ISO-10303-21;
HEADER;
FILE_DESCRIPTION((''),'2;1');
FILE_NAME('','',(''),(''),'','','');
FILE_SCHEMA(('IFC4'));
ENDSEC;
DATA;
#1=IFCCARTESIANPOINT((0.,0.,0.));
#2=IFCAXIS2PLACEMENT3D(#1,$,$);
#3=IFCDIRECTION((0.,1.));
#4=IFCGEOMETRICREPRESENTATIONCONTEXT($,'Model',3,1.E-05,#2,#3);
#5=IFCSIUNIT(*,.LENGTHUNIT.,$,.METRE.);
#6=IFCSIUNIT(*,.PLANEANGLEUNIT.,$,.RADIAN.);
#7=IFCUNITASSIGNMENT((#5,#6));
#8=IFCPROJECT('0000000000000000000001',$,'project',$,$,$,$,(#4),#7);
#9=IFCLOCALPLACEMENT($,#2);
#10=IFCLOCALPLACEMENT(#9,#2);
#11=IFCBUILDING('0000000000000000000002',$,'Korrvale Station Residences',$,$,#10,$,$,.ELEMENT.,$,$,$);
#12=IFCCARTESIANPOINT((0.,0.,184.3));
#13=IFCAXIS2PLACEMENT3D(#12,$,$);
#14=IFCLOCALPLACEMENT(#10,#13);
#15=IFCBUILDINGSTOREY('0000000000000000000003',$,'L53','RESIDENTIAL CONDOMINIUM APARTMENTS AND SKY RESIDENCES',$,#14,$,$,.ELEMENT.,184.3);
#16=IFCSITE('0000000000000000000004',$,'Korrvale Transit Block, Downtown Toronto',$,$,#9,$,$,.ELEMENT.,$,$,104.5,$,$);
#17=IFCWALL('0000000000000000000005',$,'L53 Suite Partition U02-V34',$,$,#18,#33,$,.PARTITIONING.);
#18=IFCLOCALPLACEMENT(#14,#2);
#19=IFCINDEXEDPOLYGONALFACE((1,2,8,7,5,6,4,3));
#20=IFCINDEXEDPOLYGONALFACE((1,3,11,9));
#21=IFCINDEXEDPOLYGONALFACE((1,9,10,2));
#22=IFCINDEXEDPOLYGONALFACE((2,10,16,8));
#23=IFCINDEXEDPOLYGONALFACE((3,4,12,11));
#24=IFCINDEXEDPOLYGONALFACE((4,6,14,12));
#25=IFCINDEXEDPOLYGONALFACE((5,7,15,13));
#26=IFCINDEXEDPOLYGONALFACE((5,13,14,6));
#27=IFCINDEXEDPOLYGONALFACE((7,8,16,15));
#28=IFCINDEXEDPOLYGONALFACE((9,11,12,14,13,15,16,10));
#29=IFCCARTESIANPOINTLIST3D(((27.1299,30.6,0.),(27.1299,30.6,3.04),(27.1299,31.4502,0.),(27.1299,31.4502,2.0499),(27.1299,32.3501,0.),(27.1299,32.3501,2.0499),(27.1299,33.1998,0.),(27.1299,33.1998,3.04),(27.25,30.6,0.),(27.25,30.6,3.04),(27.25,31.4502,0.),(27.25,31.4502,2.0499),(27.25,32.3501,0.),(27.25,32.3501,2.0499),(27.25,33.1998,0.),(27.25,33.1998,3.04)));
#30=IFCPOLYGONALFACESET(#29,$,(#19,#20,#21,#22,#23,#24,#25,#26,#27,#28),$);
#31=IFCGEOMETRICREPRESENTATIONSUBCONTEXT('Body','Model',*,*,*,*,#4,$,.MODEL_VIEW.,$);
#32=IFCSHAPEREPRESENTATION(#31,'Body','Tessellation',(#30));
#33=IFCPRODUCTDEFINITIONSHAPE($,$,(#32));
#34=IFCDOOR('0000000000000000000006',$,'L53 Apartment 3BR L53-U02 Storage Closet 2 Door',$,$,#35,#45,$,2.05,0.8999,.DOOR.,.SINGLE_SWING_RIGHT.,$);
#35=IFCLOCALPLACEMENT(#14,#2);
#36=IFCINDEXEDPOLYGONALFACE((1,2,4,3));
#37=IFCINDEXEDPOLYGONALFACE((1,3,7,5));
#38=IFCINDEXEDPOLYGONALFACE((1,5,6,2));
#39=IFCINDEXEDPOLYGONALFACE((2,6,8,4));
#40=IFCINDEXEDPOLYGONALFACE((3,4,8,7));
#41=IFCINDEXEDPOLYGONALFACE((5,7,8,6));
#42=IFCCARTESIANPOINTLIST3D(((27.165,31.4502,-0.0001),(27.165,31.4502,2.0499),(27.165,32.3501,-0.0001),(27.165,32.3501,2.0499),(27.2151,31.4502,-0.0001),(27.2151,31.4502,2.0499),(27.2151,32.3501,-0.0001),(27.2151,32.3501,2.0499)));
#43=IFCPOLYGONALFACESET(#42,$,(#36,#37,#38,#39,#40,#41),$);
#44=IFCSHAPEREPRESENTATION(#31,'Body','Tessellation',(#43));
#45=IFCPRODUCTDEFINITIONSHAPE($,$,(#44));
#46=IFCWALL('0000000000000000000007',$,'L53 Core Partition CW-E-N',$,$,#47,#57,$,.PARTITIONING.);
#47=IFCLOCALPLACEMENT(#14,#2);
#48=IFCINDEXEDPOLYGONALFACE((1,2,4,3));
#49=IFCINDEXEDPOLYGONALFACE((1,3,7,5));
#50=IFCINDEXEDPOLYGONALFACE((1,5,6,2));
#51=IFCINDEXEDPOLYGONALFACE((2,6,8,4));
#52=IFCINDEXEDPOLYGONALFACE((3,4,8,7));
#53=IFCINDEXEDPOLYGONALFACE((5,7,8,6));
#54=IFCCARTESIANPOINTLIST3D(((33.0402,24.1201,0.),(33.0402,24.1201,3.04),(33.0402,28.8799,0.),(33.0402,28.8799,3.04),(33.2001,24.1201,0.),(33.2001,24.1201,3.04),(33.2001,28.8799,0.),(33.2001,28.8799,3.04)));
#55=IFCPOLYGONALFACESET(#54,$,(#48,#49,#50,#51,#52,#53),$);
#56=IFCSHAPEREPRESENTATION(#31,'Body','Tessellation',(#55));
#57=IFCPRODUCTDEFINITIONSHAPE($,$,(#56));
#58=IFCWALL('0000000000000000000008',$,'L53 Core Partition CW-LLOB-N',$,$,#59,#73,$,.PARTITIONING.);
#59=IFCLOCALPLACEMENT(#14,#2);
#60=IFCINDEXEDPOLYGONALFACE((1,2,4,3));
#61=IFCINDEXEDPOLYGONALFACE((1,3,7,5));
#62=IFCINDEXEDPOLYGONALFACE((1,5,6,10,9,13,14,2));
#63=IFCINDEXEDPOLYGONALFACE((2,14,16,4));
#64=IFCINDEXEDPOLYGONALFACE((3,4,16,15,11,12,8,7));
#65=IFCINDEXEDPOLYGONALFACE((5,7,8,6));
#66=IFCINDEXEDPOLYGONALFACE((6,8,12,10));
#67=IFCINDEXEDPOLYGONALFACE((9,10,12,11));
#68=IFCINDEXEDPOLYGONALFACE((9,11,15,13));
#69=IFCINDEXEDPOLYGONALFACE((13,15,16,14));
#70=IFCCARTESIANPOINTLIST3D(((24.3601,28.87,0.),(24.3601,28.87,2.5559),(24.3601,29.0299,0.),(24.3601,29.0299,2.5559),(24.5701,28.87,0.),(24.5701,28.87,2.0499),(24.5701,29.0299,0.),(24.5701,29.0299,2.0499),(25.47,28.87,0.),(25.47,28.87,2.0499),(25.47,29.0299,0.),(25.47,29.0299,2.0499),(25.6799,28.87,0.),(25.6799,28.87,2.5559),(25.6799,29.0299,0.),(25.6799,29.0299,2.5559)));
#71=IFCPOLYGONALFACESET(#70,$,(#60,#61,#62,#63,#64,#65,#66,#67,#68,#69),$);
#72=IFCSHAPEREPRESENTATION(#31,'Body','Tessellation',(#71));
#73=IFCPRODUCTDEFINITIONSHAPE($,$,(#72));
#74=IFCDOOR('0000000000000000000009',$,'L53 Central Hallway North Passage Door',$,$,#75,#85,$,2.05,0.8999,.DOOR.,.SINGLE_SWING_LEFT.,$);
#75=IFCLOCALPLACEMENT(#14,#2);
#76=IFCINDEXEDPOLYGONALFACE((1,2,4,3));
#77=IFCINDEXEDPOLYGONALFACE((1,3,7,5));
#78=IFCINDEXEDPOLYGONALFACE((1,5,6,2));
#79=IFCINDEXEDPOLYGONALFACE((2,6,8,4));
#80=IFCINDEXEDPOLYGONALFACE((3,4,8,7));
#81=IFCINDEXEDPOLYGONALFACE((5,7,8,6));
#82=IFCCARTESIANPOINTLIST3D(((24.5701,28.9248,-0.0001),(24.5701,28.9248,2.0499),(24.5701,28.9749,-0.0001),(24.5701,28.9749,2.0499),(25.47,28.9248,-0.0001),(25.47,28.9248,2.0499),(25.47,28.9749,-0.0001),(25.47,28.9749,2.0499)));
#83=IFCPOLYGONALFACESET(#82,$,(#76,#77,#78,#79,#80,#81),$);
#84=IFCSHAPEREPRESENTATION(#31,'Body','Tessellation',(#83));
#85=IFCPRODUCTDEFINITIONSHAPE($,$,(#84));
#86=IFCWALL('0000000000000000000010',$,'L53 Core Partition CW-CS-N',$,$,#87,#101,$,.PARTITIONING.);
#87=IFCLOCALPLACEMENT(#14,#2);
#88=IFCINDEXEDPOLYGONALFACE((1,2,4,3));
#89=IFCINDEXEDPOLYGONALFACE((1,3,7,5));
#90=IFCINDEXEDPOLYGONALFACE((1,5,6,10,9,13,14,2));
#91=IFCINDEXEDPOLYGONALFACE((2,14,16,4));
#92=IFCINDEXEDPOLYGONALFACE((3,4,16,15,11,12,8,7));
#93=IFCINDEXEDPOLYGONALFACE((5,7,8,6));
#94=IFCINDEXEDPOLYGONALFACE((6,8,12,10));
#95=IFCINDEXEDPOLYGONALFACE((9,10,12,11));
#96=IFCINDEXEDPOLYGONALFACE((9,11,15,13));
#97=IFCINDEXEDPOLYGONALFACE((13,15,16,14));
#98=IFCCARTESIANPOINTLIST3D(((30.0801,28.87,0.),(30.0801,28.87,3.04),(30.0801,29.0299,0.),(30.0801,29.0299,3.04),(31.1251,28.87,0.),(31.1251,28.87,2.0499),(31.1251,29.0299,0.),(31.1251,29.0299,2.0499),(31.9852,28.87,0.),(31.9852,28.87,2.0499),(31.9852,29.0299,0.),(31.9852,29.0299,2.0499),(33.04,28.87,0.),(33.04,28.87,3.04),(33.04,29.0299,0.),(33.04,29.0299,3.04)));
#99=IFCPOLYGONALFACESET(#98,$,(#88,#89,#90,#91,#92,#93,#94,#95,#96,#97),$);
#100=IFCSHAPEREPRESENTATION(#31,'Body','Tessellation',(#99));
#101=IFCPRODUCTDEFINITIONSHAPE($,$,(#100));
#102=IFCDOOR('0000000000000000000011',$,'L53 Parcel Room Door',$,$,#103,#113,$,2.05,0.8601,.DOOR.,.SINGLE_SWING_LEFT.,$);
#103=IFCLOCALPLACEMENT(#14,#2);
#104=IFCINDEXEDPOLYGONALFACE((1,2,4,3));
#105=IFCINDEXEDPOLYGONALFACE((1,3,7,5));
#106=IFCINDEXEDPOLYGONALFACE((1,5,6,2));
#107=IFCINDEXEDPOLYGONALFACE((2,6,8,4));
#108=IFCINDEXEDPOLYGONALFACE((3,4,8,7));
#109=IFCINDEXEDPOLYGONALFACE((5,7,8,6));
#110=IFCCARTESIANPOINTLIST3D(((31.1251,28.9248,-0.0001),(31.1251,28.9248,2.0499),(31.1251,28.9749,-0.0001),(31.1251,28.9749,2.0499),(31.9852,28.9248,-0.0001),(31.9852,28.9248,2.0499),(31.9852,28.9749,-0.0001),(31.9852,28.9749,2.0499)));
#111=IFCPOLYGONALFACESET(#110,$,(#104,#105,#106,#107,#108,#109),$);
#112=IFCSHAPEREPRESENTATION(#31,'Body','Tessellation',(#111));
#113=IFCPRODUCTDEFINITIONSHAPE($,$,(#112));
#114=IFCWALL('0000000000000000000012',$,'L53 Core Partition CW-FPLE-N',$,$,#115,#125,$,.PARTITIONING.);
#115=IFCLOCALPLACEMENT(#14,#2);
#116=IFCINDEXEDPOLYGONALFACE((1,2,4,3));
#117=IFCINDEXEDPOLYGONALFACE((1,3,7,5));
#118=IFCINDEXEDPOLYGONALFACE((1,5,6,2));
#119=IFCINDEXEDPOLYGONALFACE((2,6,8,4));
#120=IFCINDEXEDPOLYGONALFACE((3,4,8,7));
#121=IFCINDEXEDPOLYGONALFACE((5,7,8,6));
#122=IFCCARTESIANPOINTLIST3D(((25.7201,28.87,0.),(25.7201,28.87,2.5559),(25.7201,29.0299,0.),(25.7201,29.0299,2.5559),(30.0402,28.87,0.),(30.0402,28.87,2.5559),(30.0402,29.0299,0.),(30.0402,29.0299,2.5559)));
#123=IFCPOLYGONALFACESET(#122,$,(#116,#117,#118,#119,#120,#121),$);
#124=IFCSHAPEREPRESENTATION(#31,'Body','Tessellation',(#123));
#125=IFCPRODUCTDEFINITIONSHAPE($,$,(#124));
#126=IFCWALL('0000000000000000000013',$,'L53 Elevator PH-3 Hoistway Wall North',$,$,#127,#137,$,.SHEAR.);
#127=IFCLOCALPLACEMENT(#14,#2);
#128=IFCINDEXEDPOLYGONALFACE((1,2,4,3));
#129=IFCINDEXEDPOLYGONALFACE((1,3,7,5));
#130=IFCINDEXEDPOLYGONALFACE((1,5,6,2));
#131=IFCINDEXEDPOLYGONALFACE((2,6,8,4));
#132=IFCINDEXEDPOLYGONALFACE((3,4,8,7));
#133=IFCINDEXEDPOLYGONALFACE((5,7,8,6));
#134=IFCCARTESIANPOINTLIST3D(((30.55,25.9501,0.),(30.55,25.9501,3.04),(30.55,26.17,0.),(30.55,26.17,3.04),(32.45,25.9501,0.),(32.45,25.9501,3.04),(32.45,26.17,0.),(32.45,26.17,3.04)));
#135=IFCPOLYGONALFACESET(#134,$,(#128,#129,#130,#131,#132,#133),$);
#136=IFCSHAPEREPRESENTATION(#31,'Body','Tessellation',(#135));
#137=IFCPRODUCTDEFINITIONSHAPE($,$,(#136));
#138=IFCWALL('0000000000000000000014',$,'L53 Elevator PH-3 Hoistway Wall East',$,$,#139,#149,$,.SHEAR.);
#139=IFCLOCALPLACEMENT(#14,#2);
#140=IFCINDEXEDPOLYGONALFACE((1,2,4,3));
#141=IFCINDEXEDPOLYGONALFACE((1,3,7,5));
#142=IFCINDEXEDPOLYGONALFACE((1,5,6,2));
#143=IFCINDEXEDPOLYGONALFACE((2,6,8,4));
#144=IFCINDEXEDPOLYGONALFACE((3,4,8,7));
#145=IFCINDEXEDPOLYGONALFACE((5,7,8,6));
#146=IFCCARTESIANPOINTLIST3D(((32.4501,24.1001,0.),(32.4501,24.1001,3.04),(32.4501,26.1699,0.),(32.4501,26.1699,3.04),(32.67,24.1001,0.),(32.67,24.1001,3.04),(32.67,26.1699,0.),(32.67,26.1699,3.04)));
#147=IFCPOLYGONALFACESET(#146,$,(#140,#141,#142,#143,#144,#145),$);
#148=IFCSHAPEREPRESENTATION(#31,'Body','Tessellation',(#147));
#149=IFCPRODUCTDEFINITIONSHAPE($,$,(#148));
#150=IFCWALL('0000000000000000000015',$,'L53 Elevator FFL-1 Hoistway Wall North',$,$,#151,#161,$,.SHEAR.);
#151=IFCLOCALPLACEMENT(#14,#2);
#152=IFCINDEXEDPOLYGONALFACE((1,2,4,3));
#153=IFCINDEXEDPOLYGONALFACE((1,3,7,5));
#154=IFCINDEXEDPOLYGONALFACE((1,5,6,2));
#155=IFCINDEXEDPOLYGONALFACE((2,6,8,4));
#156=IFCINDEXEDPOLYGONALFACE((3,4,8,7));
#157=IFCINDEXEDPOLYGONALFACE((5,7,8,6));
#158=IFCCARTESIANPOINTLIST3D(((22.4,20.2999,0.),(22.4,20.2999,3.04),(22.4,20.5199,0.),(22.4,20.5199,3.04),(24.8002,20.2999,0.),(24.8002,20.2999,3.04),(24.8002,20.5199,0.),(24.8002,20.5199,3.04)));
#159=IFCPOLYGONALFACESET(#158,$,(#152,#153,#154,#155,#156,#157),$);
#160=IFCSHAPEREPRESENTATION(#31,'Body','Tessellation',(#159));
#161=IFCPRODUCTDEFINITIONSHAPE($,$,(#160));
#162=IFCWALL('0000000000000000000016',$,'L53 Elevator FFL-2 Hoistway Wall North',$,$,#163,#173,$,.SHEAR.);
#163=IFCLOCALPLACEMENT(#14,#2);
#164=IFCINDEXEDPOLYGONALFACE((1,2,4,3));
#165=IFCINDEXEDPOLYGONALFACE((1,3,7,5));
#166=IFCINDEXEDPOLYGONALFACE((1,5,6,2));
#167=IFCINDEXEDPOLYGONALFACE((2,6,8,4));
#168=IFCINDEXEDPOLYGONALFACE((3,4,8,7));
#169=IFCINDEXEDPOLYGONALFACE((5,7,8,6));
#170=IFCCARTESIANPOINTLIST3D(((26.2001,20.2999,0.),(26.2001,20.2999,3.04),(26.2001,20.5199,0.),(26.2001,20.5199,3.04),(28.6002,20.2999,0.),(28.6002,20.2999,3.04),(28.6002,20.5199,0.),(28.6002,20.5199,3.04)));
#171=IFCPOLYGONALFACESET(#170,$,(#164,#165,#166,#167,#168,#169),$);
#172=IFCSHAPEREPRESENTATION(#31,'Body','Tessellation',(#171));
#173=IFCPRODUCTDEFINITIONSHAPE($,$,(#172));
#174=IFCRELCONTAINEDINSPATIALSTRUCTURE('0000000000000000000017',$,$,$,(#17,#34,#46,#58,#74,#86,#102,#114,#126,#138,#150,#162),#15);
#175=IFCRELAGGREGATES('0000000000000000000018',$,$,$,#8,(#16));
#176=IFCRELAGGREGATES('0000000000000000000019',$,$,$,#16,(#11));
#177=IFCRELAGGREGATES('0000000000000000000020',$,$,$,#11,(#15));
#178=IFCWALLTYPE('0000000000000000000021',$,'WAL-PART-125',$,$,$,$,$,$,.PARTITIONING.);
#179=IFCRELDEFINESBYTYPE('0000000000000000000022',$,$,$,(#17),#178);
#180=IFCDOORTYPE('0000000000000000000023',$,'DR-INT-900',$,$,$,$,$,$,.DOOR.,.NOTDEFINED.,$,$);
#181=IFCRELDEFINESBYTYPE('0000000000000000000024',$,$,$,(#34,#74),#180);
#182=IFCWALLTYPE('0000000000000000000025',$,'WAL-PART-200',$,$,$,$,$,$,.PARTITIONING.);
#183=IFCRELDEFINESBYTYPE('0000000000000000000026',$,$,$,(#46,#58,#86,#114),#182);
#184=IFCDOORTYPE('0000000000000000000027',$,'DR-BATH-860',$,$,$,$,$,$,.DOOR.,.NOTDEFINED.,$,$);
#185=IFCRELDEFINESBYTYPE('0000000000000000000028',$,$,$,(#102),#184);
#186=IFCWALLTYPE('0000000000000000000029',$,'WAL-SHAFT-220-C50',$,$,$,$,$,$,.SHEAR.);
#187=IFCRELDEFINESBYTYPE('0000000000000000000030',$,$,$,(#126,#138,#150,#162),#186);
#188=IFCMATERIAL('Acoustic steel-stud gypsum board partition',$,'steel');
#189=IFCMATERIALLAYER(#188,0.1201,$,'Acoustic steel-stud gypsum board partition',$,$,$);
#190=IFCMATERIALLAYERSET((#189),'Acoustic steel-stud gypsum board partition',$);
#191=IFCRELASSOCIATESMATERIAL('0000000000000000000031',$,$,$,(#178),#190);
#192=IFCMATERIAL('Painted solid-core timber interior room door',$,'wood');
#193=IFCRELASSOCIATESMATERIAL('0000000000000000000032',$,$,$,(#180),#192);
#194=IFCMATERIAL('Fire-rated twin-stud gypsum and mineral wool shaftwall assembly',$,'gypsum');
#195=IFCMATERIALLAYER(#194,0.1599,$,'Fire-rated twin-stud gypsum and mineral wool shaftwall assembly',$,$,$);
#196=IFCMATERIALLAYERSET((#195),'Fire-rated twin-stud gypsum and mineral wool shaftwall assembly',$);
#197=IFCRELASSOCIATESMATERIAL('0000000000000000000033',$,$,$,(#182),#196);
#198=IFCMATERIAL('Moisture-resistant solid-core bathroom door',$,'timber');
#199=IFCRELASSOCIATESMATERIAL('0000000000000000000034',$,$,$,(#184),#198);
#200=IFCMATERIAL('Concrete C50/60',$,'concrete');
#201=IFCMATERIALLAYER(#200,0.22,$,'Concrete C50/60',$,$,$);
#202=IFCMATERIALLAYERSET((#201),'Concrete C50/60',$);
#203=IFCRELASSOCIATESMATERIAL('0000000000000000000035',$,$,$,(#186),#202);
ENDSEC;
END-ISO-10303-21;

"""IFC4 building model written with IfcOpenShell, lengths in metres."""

from ifc_helpers import new_model, si_unit, direction, frame, frame_2d, origin, place, context, subcontext, project, spatial, rectangle, extrude, material, layer, layer_set, type_object, element, fill, save


model = new_model("IFC4")

# Units and contexts
model_context = context("Model", 3, precision=1e-05, world=origin(), true_north=direction((0.0, 1.0)))
body_context = subcontext(model_context, "Body", "Model", "MODEL_VIEW")
ifc_project = project(units=[si_unit("LENGTHUNIT", "METRE"), si_unit("PLANEANGLEUNIT", "RADIAN")], contexts=[model_context])

# Site, building, storey
site_placement = place(None, origin())
site = spatial("IfcSite", under=ifc_project, at=site_placement, Name="Korrvale Transit Block, Downtown Toronto", CompositionType="ELEMENT", RefElevation=104.5)
building_placement = place(site_placement, origin())
building = spatial("IfcBuilding", under=site, at=building_placement, Name="Korrvale Station Residences", CompositionType="ELEMENT")
storey_placement = place(building_placement, frame((0.0, 0.0, 184.3)))
storey = spatial("IfcBuildingStorey", under=building, at=storey_placement, Name="L53", Description="RESIDENTIAL CONDOMINIUM APARTMENTS AND SKY RESIDENCES", CompositionType="ELEMENT", Elevation=184.3)

# Shared definitions
ifc_material_1 = material(Name="Concrete C50/60", Category="concrete")

# Shared definitions
ifc_material_2 = material(Name="Acoustic steel-stud gypsum board partition", Category="steel")
ifc_layer_1 = layer(ifc_material_2, 0.1201, Name="Acoustic steel-stud gypsum board partition")
ifc_layer_set_1 = layer_set([ifc_layer_1], Name="Acoustic steel-stud gypsum board partition")
wall_type_1 = type_object("IfcWallType", Name="WAL-PART-125", PredefinedType="PARTITIONING", material=ifc_layer_set_1)

# Shared definitions
ifc_material_3 = material(Name="Painted solid-core timber interior room door", Category="wood")
door_type_1 = type_object("IfcDoorType", Name="DR-INT-900", OperationType="NOTDEFINED", PredefinedType="DOOR", material=ifc_material_3)

# Wall, opening, door
wall_1_placement = place(storey_placement, frame((27.1899, 30.6001, 0.0), z_axis=(0.0, 0.0, 1.0), x_axis=(0.0, 1.0, 0.0)))
wall_1 = element("IfcWall", 1, at=wall_1_placement, inside=storey, type_object=wall_type_1, Name="L53 Suite Partition U02-V34", PredefinedType="PARTITIONING", context=body_context, shape_type="SweptSolid", body=[
    extrude(rectangle(XDim=2.5999, YDim=0.1201, at=frame_2d((1.2998, 0.0))), origin(), (0.0, 0.0, 1.0), 3.04),
])
opening_1_placement = place(wall_1_placement, frame((0.8501, 0.0, 0.0)))
opening_1 = element("IfcOpeningElement", 2, at=opening_1_placement, cuts=wall_1, PredefinedType="OPENING", context=body_context, shape_type="SweptSolid", body=[
    extrude(rectangle(XDim=0.8999, YDim=2.05, at=frame_2d((0.45, 1.0249))), frame((0.0, 0.0701, 0.0), z_axis=(0.0, -1.0, 0.0), x_axis=(1.0, 0.0, 0.0)), (0.0, 0.0, 1.0), 0.1401),
])
door_1_placement = place(opening_1_placement, origin())
door_1 = element("IfcDoor", 3, at=door_1_placement, inside=storey, type_object=door_type_1, Name="L53 Apartment 3BR L53-U02 Storage Closet 2 Door", OperationType="SINGLE_SWING_RIGHT", OverallHeight=2.05, OverallWidth=0.8999, PredefinedType="DOOR", context=body_context, shape_type="SweptSolid", body=[
    extrude(rectangle(XDim=0.8999, YDim=2.05, at=frame_2d((0.45, 1.0249))), frame((0.0, 0.0249, 0.0), z_axis=(0.0, -1.0, 0.0), x_axis=(1.0, 0.0, 0.0)), (0.0, 0.0, 1.0), 0.05),
])
fill(opening_1, door_1)

# Wall
ifc_material_4 = material(Name="Fire-rated twin-stud gypsum and mineral wool shaftwall assembly", Category="gypsum")
ifc_layer_2 = layer(ifc_material_4, 0.1599, Name="Fire-rated twin-stud gypsum and mineral wool shaftwall assembly")
ifc_layer_set_2 = layer_set([ifc_layer_2], Name="Fire-rated twin-stud gypsum and mineral wool shaftwall assembly")
wall_type_2 = type_object("IfcWallType", Name="WAL-PART-200", PredefinedType="PARTITIONING", material=ifc_layer_set_2)
wall_2_placement = place(storey_placement, frame((33.1201, 24.1201, 0.0), z_axis=(0.0, 0.0, 1.0), x_axis=(0.0, 1.0, 0.0)))
element("IfcWall", 4, at=wall_2_placement, inside=storey, type_object=wall_type_2, Name="L53 Core Partition CW-E-N", PredefinedType="PARTITIONING", context=body_context, shape_type="SweptSolid", body=[
    extrude(rectangle(XDim=4.7598, YDim=0.1599, at=frame_2d((2.3799, 0.0))), origin(), (0.0, 0.0, 1.0), 3.04),
])

# Walls, openings, doors
wall_3_placement = place(storey_placement, frame((24.3601, 28.95, 0.0), z_axis=(0.0, 0.0, 1.0), x_axis=(1.0, 0.0, 0.0)))
wall_3 = element("IfcWall", 5, at=wall_3_placement, inside=storey, type_object=wall_type_2, Name="L53 Core Partition CW-LLOB-N", PredefinedType="PARTITIONING", context=body_context, shape_type="SweptSolid", body=[
    extrude(rectangle(XDim=1.3198, YDim=0.1599, at=frame_2d((0.6599, 0.0))), origin(), (0.0, 0.0, 1.0), 2.5559),
])
opening_2_placement = place(wall_3_placement, frame((0.21, 0.0, 0.0)))
opening_2 = element("IfcOpeningElement", 6, at=opening_2_placement, cuts=wall_3, PredefinedType="OPENING", context=body_context, shape_type="SweptSolid", body=[
    extrude(rectangle(XDim=0.8999, YDim=2.05, at=frame_2d((0.45, 1.0249))), frame((0.0, 0.0898, 0.0), z_axis=(0.0, -1.0, 0.0), x_axis=(1.0, 0.0, 0.0)), (0.0, 0.0, 1.0), 0.1799),
])
door_2_placement = place(opening_2_placement, origin())
door_2 = element("IfcDoor", 7, at=door_2_placement, inside=storey, type_object=door_type_1, Name="L53 Central Hallway North Passage Door", OperationType="SINGLE_SWING_LEFT", OverallHeight=2.05, OverallWidth=0.8999, PredefinedType="DOOR", context=body_context, shape_type="SweptSolid", body=[
    extrude(rectangle(XDim=0.8999, YDim=2.05, at=frame_2d((0.45, 1.0249))), frame((0.0, 0.0249, 0.0), z_axis=(0.0, -1.0, 0.0), x_axis=(1.0, 0.0, 0.0)), (0.0, 0.0, 1.0), 0.05),
])
fill(opening_2, door_2)
wall_4_placement = place(storey_placement, frame((30.0801, 28.95, 0.0), z_axis=(0.0, 0.0, 1.0), x_axis=(1.0, 0.0, 0.0)))
wall_4 = element("IfcWall", 8, at=wall_4_placement, inside=storey, type_object=wall_type_2, Name="L53 Core Partition CW-CS-N", PredefinedType="PARTITIONING", context=body_context, shape_type="SweptSolid", body=[
    extrude(rectangle(XDim=2.96, YDim=0.1599, at=frame_2d((1.48, 0.0))), origin(), (0.0, 0.0, 1.0), 3.04),
])
opening_3_placement = place(wall_4_placement, frame((1.0449, 0.0, 0.0)))
opening_3 = element("IfcOpeningElement", 9, at=opening_3_placement, cuts=wall_4, PredefinedType="OPENING", context=body_context, shape_type="SweptSolid", body=[
    extrude(rectangle(XDim=0.8601, YDim=2.05, at=frame_2d((0.4302, 1.0249))), frame((0.0, 0.0898, 0.0), z_axis=(0.0, -1.0, 0.0), x_axis=(1.0, 0.0, 0.0)), (0.0, 0.0, 1.0), 0.1799),
])
ifc_material_5 = material(Name="Moisture-resistant solid-core bathroom door", Category="timber")
door_type_2 = type_object("IfcDoorType", Name="DR-BATH-860", OperationType="NOTDEFINED", PredefinedType="DOOR", material=ifc_material_5)
door_3_placement = place(opening_3_placement, origin())
door_3 = element("IfcDoor", 10, at=door_3_placement, inside=storey, type_object=door_type_2, Name="L53 Parcel Room Door", OperationType="SINGLE_SWING_LEFT", OverallHeight=2.05, OverallWidth=0.8601, PredefinedType="DOOR", context=body_context, shape_type="SweptSolid", body=[
    extrude(rectangle(XDim=0.8601, YDim=2.05, at=frame_2d((0.4302, 1.0249))), frame((0.0, 0.0249, 0.0), z_axis=(0.0, -1.0, 0.0), x_axis=(1.0, 0.0, 0.0)), (0.0, 0.0, 1.0), 0.05),
])
fill(opening_3, door_3)

# Walls
wall_5_placement = place(storey_placement, frame((25.72, 28.95, 0.0), z_axis=(0.0, 0.0, 1.0), x_axis=(1.0, 0.0, 0.0)))
element("IfcWall", 11, at=wall_5_placement, inside=storey, type_object=wall_type_2, Name="L53 Core Partition CW-FPLE-N", PredefinedType="PARTITIONING", context=body_context, shape_type="SweptSolid", body=[
    extrude(rectangle(XDim=4.3201, YDim=0.1599, at=frame_2d((2.1602, 0.0))), origin(), (0.0, 0.0, 1.0), 2.5559),
])
ifc_layer_3 = layer(ifc_material_1, 0.22, Name="Concrete C50/60")
ifc_layer_set_3 = layer_set([ifc_layer_3], Name="Concrete C50/60")
wall_type_3 = type_object("IfcWallType", Name="WAL-SHAFT-220-C50", PredefinedType="SHEAR", material=ifc_layer_set_3)
wall_6_placement = place(storey_placement, frame((30.55, 26.0601, 0.0), z_axis=(0.0, 0.0, 1.0), x_axis=(1.0, 0.0, 0.0)))
element("IfcWall", 12, at=wall_6_placement, inside=storey, type_object=wall_type_3, Name="L53 Elevator PH-3 Hoistway Wall North", PredefinedType="SHEAR", context=body_context, shape_type="SweptSolid", body=[
    extrude(rectangle(XDim=1.8999, YDim=0.22, at=frame_2d((0.95, 0.0))), origin(), (0.0, 0.0, 1.0), 3.04),
])

# Walls
wall_7_placement = place(storey_placement, frame((32.5601, 24.1001, 0.0), z_axis=(0.0, 0.0, 1.0), x_axis=(0.0, 1.0, 0.0)))
element("IfcWall", 13, at=wall_7_placement, inside=storey, type_object=wall_type_3, Name="L53 Elevator PH-3 Hoistway Wall East", PredefinedType="SHEAR", context=body_context, shape_type="SweptSolid", body=[
    extrude(rectangle(XDim=2.0698, YDim=0.22, at=frame_2d((1.0349, 0.0))), origin(), (0.0, 0.0, 1.0), 3.04),
])
for number, where, z_axis, x_axis, name in (
    (14, (22.3999, 20.4099, 0.0), (0.0, 0.0, 1.0), (1.0, 0.0, 0.0), "L53 Elevator FFL-1 Hoistway Wall North"),
    (15, (26.2, 20.4099, 0.0), (0.0, 0.0, 1.0), (1.0, 0.0, 0.0), "L53 Elevator FFL-2 Hoistway Wall North"),
):
    element("IfcWall", number, at=place(storey_placement, frame(where, z_axis=z_axis, x_axis=x_axis)), inside=storey, type_object=wall_type_3, Name=name, PredefinedType="SHEAR", context=body_context, shape_type="SweptSolid", body=[
        extrude(rectangle(XDim=2.4001, YDim=0.22, at=frame_2d((1.2002, 0.0))), origin(), (0.0, 0.0, 1.0), 3.04),
    ])

save(model, "model.ifc")
